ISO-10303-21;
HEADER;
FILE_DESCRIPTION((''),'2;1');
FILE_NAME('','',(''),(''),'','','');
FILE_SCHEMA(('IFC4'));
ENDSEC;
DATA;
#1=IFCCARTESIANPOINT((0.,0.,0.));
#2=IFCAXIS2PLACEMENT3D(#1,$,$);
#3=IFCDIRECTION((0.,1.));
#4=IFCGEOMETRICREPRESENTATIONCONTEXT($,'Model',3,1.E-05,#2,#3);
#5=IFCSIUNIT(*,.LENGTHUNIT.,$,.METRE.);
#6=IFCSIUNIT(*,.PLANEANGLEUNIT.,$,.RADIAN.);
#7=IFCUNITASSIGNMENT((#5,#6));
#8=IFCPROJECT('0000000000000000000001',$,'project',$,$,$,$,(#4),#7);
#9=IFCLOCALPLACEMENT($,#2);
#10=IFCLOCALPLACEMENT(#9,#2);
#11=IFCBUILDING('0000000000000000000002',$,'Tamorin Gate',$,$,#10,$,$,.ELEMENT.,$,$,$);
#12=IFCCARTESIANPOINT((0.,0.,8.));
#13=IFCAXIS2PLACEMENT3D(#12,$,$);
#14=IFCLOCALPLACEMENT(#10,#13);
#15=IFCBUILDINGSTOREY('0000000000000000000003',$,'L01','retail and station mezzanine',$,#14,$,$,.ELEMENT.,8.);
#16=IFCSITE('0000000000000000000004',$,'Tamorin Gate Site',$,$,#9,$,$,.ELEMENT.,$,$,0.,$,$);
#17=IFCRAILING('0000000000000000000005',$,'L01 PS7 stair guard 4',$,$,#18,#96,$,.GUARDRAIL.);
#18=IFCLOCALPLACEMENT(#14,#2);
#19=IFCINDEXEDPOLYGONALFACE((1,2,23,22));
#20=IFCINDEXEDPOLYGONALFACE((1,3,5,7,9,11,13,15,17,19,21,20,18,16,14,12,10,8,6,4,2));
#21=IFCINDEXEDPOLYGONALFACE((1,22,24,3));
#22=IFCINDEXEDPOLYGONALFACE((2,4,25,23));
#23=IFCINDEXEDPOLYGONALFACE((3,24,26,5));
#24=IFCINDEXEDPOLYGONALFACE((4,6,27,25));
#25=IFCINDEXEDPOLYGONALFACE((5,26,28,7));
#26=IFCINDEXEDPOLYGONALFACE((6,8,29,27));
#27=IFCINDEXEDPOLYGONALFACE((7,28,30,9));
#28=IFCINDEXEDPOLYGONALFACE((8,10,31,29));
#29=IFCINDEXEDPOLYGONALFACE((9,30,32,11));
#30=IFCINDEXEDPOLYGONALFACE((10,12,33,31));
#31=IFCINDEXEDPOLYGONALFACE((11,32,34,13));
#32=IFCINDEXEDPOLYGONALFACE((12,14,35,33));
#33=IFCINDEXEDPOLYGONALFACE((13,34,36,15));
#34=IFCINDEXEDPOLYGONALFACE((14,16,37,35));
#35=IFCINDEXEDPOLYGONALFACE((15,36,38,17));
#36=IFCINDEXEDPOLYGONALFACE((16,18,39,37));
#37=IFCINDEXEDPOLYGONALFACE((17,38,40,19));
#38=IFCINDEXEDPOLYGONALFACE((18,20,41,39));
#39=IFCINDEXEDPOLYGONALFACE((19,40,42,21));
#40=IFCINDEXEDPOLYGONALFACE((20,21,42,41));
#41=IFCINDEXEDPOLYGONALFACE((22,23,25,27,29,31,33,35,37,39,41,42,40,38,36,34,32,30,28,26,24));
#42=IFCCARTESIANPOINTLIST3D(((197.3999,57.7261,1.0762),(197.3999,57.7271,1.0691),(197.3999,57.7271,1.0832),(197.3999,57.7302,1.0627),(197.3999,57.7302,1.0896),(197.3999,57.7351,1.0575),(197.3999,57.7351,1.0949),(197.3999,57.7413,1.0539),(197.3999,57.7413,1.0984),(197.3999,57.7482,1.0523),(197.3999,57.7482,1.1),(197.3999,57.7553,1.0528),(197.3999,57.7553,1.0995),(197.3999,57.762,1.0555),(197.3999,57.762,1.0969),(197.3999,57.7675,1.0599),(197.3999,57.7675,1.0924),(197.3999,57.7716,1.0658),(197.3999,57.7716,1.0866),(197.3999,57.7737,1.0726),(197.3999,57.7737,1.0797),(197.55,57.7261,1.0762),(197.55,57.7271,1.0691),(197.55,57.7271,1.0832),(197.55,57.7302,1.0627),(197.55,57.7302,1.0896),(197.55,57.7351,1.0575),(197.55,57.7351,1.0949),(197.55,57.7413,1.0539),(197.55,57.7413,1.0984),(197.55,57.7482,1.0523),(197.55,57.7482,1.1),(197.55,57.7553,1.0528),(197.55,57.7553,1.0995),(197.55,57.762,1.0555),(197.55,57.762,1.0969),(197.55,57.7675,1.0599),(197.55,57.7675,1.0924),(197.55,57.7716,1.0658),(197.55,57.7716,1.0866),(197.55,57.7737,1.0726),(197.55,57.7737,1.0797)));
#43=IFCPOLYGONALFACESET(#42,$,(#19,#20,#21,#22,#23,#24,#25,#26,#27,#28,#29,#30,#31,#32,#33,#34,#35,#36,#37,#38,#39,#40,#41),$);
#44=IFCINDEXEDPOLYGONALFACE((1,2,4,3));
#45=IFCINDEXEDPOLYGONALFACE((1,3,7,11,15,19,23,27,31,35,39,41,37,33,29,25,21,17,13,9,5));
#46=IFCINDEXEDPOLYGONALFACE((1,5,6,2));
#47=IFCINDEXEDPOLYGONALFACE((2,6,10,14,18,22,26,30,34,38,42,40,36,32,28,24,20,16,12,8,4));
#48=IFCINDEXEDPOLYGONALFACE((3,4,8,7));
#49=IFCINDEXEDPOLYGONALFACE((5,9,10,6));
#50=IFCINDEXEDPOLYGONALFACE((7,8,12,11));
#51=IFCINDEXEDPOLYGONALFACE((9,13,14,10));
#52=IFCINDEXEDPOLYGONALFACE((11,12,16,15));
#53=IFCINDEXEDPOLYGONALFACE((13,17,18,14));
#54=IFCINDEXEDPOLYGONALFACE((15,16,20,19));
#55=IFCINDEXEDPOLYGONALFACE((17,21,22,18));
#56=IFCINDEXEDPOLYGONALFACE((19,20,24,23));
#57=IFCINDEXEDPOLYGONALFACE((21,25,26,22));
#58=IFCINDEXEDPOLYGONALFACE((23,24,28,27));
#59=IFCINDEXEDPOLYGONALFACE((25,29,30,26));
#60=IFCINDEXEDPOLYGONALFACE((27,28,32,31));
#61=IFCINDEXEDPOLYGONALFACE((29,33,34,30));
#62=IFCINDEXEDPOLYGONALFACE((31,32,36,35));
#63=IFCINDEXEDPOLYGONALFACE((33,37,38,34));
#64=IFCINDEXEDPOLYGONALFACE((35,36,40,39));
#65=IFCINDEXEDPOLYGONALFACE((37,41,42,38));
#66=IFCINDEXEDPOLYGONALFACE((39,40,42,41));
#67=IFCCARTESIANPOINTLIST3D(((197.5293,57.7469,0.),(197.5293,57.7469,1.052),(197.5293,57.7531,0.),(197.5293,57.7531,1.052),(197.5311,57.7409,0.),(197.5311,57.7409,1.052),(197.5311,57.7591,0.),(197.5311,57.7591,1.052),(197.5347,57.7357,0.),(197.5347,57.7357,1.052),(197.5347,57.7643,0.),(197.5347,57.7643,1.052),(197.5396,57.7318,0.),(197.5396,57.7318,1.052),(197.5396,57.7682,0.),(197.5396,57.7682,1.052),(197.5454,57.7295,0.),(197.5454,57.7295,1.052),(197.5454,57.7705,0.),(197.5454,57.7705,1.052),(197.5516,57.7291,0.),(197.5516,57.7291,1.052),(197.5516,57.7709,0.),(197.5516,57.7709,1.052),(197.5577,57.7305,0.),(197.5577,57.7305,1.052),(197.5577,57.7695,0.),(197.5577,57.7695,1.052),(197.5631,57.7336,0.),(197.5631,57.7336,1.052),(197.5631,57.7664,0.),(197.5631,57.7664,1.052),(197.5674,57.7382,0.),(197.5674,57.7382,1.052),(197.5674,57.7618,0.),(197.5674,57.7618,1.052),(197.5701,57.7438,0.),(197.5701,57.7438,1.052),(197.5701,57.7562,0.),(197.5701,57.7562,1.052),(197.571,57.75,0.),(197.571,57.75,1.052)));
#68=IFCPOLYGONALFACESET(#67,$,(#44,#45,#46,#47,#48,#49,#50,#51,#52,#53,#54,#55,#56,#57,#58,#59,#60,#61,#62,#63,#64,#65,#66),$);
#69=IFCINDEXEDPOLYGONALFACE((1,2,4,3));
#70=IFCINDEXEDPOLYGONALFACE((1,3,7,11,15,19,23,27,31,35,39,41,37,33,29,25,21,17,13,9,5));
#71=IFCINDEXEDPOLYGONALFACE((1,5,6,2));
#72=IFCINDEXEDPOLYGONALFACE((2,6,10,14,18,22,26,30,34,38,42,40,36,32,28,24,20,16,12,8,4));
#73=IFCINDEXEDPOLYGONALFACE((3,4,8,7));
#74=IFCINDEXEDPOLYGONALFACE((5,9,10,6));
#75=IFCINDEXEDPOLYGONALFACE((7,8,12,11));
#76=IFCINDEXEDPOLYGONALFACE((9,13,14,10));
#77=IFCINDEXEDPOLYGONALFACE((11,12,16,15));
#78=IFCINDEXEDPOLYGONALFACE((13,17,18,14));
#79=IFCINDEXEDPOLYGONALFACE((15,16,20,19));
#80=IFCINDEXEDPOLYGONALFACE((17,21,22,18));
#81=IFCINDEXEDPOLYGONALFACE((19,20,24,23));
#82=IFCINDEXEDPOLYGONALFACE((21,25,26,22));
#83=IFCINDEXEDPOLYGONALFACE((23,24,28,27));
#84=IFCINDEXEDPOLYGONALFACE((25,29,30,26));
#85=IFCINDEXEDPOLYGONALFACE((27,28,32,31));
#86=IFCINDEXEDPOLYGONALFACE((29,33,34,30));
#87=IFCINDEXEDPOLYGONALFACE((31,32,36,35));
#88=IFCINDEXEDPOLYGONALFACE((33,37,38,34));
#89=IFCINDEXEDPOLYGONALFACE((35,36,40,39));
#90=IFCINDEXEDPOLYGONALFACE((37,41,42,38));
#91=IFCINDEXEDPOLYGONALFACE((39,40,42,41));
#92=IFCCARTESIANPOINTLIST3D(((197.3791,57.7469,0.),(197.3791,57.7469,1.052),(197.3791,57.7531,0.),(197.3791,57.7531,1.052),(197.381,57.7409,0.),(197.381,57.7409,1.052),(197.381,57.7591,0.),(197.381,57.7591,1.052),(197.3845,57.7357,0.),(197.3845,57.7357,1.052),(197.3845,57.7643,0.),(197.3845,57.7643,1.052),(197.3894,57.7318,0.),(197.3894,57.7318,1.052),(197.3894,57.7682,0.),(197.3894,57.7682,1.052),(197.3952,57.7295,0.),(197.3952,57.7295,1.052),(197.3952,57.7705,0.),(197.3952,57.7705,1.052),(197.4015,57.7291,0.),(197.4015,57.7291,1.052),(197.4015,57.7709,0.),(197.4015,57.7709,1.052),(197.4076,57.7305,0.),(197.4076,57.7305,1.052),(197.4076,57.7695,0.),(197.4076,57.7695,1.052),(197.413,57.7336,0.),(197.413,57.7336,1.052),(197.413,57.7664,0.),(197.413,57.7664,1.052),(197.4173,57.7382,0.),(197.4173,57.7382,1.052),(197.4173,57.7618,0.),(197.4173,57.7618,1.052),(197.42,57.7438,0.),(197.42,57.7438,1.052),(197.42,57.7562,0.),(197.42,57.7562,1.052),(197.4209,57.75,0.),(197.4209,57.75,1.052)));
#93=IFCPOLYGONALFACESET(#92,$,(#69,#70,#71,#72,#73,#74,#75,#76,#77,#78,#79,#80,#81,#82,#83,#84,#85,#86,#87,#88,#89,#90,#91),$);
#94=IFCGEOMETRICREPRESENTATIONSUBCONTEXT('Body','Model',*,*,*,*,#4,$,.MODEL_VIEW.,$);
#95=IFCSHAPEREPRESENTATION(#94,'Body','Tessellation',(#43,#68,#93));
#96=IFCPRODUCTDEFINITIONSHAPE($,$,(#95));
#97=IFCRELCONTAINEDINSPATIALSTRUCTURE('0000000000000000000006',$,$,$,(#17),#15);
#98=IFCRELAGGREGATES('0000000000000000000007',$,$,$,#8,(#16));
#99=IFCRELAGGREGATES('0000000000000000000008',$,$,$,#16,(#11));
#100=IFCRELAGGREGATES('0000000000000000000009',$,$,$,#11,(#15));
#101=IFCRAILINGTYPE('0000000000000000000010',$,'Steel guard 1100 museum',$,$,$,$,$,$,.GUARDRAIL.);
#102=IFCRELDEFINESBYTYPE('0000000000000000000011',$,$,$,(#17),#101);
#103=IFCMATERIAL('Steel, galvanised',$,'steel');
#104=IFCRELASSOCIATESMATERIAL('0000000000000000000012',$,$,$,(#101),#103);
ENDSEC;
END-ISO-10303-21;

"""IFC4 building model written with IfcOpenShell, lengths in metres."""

from ifc_helpers import new_model, si_unit, direction, frame, origin, origin_2d, place, context, subcontext, project, spatial, circle, extrude, material, type_object, element, save


model = new_model("IFC4")

# Units and contexts
model_context = context("Model", 3, precision=1e-05, world=origin(), true_north=direction((0.0, 1.0)))
body_context = subcontext(model_context, "Body", "Model", "MODEL_VIEW")
ifc_project = project(units=[si_unit("LENGTHUNIT", "METRE"), si_unit("PLANEANGLEUNIT", "RADIAN")], contexts=[model_context])

# Site, building, storey
site_placement = place(None, origin())
site = spatial("IfcSite", under=ifc_project, at=site_placement, Name="Tamorin Gate Site", CompositionType="ELEMENT", RefElevation=0.0)
building_placement = place(site_placement, origin())
building = spatial("IfcBuilding", under=site, at=building_placement, Name="Tamorin Gate", CompositionType="ELEMENT")
storey_placement = place(building_placement, frame((0.0, 0.0, 8.0)))
storey = spatial("IfcBuildingStorey", under=building, at=storey_placement, Name="L01", Description="retail and station mezzanine", CompositionType="ELEMENT", Elevation=8.0)

# Railing
ifc_material_1 = material(Name="Steel, galvanised", Category="steel")
railing_type_1 = type_object("IfcRailingType", Name="Steel guard 1100 museum", PredefinedType="GUARDRAIL", material=ifc_material_1)
railing_1_placement = place(storey_placement, frame((197.55, 57.75, 0.0)))
element("IfcRailing", 1, at=railing_1_placement, inside=storey, type_object=railing_type_1, Name="L01 PS7 stair guard 4", PredefinedType="GUARDRAIL", context=body_context, shape_type="SweptSolid", body=[
    extrude(circle(Radius=0.0239, at=origin_2d()), frame((0.0, 0.0, 1.0762), z_axis=(-1.0, 0.0, 0.0), x_axis=(0.0, -1.0, 0.0)), (0.0, 0.0, 1.0), 0.1501),
    extrude(circle(Radius=0.021, at=origin_2d()), origin(), (0.0, 0.0, 1.0), 1.052),
    extrude(circle(Radius=0.021, at=origin_2d()), frame((-0.1501, 0.0, 0.0)), (0.0, 0.0, 1.0), 1.052),
])

save(model, "model.ifc")
